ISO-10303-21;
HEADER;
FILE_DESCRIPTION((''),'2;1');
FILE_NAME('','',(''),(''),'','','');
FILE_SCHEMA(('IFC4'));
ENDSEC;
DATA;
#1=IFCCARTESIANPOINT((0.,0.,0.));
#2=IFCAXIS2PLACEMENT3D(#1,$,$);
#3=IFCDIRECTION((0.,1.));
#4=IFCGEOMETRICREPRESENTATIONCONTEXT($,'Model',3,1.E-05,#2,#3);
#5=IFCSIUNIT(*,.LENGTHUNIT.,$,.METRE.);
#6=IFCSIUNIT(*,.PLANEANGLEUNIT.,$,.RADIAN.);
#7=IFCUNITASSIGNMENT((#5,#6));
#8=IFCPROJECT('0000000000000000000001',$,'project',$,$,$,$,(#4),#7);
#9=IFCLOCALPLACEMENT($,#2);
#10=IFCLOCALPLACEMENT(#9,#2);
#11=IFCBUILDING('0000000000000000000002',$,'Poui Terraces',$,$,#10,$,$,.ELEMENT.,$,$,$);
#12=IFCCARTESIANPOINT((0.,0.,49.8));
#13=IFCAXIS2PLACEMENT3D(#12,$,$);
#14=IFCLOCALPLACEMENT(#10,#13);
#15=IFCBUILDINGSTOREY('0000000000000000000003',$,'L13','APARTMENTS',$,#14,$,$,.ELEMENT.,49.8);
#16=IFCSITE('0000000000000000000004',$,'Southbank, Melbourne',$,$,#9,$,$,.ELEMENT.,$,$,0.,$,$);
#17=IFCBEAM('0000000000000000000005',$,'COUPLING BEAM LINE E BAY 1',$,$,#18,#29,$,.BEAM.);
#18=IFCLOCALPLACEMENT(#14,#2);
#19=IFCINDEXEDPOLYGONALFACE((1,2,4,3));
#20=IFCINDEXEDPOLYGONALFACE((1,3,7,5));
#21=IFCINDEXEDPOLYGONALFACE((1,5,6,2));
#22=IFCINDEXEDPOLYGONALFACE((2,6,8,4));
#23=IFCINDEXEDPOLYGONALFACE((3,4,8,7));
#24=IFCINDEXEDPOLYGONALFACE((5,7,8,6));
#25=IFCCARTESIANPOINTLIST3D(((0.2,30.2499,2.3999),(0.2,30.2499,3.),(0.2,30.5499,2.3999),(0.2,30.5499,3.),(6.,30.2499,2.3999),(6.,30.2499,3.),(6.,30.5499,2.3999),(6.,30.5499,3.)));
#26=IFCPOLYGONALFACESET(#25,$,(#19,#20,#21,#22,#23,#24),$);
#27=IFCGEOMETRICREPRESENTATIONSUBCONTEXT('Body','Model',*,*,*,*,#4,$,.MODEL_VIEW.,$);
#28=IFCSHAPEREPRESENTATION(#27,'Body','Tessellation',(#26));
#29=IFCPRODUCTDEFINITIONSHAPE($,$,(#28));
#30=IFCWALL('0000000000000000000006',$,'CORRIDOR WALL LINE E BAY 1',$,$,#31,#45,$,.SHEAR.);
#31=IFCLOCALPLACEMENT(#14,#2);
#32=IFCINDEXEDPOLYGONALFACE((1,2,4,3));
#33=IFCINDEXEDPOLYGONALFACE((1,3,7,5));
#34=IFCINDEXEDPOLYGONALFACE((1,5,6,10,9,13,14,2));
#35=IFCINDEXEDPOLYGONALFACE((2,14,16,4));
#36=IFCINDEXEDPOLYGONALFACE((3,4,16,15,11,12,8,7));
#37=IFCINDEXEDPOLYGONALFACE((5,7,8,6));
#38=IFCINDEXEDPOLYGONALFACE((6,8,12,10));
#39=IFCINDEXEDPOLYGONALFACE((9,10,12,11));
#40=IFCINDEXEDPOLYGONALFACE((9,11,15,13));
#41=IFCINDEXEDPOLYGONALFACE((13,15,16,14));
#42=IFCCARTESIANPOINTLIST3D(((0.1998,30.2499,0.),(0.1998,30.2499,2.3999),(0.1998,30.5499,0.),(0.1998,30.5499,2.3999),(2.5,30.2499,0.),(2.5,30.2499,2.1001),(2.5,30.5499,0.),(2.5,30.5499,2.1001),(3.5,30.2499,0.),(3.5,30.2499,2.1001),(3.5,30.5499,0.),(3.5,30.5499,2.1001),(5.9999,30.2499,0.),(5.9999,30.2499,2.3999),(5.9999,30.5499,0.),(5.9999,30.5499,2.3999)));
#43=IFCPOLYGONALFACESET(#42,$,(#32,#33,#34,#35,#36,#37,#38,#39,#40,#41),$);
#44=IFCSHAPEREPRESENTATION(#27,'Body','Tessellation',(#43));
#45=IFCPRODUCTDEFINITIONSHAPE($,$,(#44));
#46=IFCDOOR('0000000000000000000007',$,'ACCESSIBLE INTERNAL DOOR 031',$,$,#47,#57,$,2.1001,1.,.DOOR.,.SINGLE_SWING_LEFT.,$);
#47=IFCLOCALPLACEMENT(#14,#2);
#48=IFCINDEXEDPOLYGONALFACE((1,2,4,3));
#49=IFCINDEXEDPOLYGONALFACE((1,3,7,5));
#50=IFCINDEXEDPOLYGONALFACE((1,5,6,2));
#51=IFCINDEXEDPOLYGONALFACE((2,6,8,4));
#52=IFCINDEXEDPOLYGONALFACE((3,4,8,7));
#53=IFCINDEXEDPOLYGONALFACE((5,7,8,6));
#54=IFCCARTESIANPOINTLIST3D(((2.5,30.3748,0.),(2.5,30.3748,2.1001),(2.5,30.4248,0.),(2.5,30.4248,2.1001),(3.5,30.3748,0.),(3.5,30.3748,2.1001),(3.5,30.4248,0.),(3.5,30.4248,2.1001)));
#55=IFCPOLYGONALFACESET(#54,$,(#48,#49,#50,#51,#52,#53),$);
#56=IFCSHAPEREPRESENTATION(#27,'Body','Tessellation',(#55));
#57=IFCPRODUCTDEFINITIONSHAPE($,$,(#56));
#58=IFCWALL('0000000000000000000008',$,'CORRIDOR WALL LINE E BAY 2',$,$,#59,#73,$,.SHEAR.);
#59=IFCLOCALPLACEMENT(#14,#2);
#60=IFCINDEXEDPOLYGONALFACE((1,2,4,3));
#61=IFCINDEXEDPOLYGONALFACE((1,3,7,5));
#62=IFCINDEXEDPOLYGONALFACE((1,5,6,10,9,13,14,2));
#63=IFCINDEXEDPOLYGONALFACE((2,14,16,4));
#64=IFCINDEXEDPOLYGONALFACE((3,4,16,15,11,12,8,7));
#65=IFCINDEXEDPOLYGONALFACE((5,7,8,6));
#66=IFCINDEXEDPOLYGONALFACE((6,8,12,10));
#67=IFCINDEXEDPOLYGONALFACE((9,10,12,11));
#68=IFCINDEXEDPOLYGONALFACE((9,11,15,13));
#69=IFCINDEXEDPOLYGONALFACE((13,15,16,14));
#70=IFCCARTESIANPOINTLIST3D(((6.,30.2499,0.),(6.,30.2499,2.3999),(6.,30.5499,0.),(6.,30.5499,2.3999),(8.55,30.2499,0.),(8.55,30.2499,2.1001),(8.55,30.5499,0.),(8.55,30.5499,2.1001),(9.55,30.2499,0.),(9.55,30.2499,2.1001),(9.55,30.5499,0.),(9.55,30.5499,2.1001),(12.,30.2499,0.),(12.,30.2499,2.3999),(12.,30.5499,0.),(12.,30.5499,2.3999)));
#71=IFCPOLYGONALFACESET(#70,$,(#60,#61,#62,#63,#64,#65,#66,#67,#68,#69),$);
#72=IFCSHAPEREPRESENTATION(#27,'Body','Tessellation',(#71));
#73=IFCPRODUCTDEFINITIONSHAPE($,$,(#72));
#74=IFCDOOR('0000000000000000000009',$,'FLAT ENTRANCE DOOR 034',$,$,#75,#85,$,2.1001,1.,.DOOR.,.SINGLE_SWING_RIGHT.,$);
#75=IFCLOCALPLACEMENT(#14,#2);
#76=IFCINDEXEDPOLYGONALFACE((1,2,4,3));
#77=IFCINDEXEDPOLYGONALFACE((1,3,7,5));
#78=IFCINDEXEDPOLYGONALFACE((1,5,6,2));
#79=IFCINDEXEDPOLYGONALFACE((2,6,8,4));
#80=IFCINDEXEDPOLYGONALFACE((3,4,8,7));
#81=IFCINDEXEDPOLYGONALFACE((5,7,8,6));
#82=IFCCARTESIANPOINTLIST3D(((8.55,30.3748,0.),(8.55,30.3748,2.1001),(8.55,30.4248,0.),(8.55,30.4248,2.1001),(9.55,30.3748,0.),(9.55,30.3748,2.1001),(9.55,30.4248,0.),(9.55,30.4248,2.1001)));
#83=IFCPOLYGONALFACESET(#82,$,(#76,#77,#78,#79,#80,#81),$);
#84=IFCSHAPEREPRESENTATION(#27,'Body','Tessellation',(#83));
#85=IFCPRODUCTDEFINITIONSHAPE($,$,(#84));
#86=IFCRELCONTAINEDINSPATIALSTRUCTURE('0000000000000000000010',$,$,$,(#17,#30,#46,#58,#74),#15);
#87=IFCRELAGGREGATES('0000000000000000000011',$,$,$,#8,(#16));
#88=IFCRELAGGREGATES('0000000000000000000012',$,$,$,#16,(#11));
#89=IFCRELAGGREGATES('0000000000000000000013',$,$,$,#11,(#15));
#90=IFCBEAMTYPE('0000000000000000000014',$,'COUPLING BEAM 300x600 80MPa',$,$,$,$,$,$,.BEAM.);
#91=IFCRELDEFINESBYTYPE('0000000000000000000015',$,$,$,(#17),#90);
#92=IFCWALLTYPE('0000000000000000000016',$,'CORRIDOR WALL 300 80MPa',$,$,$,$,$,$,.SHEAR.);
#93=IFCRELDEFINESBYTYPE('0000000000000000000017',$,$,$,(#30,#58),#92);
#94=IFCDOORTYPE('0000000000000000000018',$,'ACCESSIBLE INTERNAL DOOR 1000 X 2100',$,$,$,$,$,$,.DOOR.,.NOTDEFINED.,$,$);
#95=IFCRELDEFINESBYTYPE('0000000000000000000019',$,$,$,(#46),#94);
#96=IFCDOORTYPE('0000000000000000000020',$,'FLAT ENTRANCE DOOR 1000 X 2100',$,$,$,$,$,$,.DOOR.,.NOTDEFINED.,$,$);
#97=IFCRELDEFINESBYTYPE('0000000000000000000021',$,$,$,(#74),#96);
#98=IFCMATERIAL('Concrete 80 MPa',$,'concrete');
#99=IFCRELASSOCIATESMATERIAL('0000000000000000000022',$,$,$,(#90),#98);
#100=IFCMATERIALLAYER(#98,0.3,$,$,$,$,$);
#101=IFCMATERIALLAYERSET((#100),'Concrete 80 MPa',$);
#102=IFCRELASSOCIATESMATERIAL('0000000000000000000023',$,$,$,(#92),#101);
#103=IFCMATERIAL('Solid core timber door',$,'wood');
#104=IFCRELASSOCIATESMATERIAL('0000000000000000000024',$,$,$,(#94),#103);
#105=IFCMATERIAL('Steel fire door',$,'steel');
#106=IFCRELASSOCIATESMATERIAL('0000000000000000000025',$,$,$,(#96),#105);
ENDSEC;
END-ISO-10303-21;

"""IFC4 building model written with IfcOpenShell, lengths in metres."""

from ifc_helpers import new_model, si_unit, direction, frame, frame_2d, origin, origin_2d, place, context, subcontext, project, spatial, rectangle, extrude, source, transform, mapped, material, layer, layer_set, material_profile, profile_set, type_object, element, fill, save


model = new_model("IFC4")

# Units and contexts
model_context = context("Model", 3, precision=1e-05, world=origin(), true_north=direction((0.0, 1.0)))
body_context = subcontext(model_context, "Body", "Model", "MODEL_VIEW")
ifc_project = project(units=[si_unit("LENGTHUNIT", "METRE"), si_unit("PLANEANGLEUNIT", "RADIAN")], contexts=[model_context])

# Site, building, storey
site_placement = place(None, origin())
site = spatial("IfcSite", under=ifc_project, at=site_placement, Name="Southbank, Melbourne", CompositionType="ELEMENT", RefElevation=0.0)
building_placement = place(site_placement, origin())
building = spatial("IfcBuilding", under=site, at=building_placement, Name="Poui Terraces", CompositionType="ELEMENT")
storey_placement = place(building_placement, frame((0.0, 0.0, 49.8)))
storey = spatial("IfcBuildingStorey", under=building, at=storey_placement, Name="L13", Description="APARTMENTS", CompositionType="ELEMENT", Elevation=49.8)

# Beam
ifc_material_1 = material(Name="Concrete 80 MPa", Category="concrete")
ifc_material_profile = material_profile(ifc_material_1, rectangle(XDim=0.3, YDim=0.6001, at=origin_2d()), Name="RC 300x600")
ifc_profile_set = profile_set([ifc_material_profile], Name="Concrete 80 MPa")
beam_type = type_object("IfcBeamType", Name="COUPLING BEAM 300x600 80MPa", PredefinedType="BEAM", material=ifc_profile_set)
shared_shape = source(origin(), body_context, "Body", "SweptSolid", [
    extrude(rectangle(XDim=0.3, YDim=0.6001, at=origin_2d()), origin(), (0.0, 0.0, 1.0), 5.8),
])
beam_placement = place(storey_placement, frame((0.2, 30.3999, 2.7), z_axis=(1.0, 0.0, 0.0), x_axis=(0.0, 1.0, 0.0)))
element("IfcBeam", 1, at=beam_placement, inside=storey, type_object=beam_type, Name="COUPLING BEAM LINE E BAY 1", PredefinedType="BEAM", context=body_context, shape_type="MappedRepresentation", body=[
    mapped(shared_shape, transform((0.0, 0.0, 0.0))),
])

# Walls, openings, doors
ifc_layer = layer(ifc_material_1, 0.3)
ifc_layer_set = layer_set([ifc_layer], Name="Concrete 80 MPa")
wall_type = type_object("IfcWallType", Name="CORRIDOR WALL 300 80MPa", PredefinedType="SHEAR", material=ifc_layer_set)
wall_1_placement = place(storey_placement, frame((0.2, 30.3999, 0.0), z_axis=(0.0, 0.0, 1.0), x_axis=(1.0, 0.0, 0.0)))
wall_1 = element("IfcWall", 2, at=wall_1_placement, inside=storey, type_object=wall_type, Name="CORRIDOR WALL LINE E BAY 1", PredefinedType="SHEAR", context=body_context, shape_type="SweptSolid", body=[
    extrude(rectangle(XDim=5.8, YDim=0.3, at=frame_2d((2.8999, 0.0))), origin(), (0.0, 0.0, 1.0), 2.3999),
])
opening_1_placement = place(wall_1_placement, frame((2.3, 0.0, 0.0)))
opening_1 = element("IfcOpeningElement", 3, at=opening_1_placement, cuts=wall_1, PredefinedType="OPENING", context=body_context, shape_type="SweptSolid", body=[
    extrude(rectangle(XDim=1.0, YDim=2.1001, at=frame_2d((0.5, 1.05))), frame((0.0, 0.1602, 0.0), z_axis=(0.0, -1.0, 0.0), x_axis=(1.0, 0.0, 0.0)), (0.0, 0.0, 1.0), 0.3201),
])
ifc_material_2 = material(Name="Solid core timber door", Category="wood")
door_type_1 = type_object("IfcDoorType", Name="ACCESSIBLE INTERNAL DOOR 1000 X 2100", OperationType="NOTDEFINED", PredefinedType="DOOR", material=ifc_material_2)
door_1_placement = place(opening_1_placement, origin())
door_1 = element("IfcDoor", 4, at=door_1_placement, inside=storey, type_object=door_type_1, Name="ACCESSIBLE INTERNAL DOOR 031", OperationType="SINGLE_SWING_LEFT", OverallHeight=2.1001, OverallWidth=1.0, PredefinedType="DOOR", context=body_context, shape_type="SweptSolid", body=[
    extrude(rectangle(XDim=1.0, YDim=2.1001, at=frame_2d((0.5, 1.05))), frame((0.0, 0.0249, 0.0), z_axis=(0.0, -1.0, 0.0), x_axis=(1.0, 0.0, 0.0)), (0.0, 0.0, 1.0), 0.05),
])
fill(opening_1, door_1)
wall_2_placement = place(storey_placement, frame((6.0, 30.3999, 0.0), z_axis=(0.0, 0.0, 1.0), x_axis=(1.0, 0.0, 0.0)))
wall_2 = element("IfcWall", 5, at=wall_2_placement, inside=storey, type_object=wall_type, Name="CORRIDOR WALL LINE E BAY 2", PredefinedType="SHEAR", context=body_context, shape_type="SweptSolid", body=[
    extrude(rectangle(XDim=6.0, YDim=0.3, at=frame_2d((3.0, 0.0))), origin(), (0.0, 0.0, 1.0), 2.3999),
])
opening_2_placement = place(wall_2_placement, frame((2.55, 0.0, 0.0)))
opening_2 = element("IfcOpeningElement", 6, at=opening_2_placement, cuts=wall_2, PredefinedType="OPENING", context=body_context, shape_type="SweptSolid", body=[
    extrude(rectangle(XDim=1.0, YDim=2.1001, at=frame_2d((0.5, 1.05))), frame((0.0, 0.1602, 0.0), z_axis=(0.0, -1.0, 0.0), x_axis=(1.0, 0.0, 0.0)), (0.0, 0.0, 1.0), 0.3201),
])
ifc_material_3 = material(Name="Steel fire door", Category="steel")
door_type_2 = type_object("IfcDoorType", Name="FLAT ENTRANCE DOOR 1000 X 2100", OperationType="NOTDEFINED", PredefinedType="DOOR", material=ifc_material_3)
door_2_placement = place(opening_2_placement, origin())
door_2 = element("IfcDoor", 7, at=door_2_placement, inside=storey, type_object=door_type_2, Name="FLAT ENTRANCE DOOR 034", OperationType="SINGLE_SWING_RIGHT", OverallHeight=2.1001, OverallWidth=1.0, PredefinedType="DOOR", context=body_context, shape_type="SweptSolid", body=[
    extrude(rectangle(XDim=1.0, YDim=2.1001, at=frame_2d((0.5, 1.05))), frame((0.0, 0.0249, 0.0), z_axis=(0.0, -1.0, 0.0), x_axis=(1.0, 0.0, 0.0)), (0.0, 0.0, 1.0), 0.05),
])
fill(opening_2, door_2)

save(model, "model.ifc")
